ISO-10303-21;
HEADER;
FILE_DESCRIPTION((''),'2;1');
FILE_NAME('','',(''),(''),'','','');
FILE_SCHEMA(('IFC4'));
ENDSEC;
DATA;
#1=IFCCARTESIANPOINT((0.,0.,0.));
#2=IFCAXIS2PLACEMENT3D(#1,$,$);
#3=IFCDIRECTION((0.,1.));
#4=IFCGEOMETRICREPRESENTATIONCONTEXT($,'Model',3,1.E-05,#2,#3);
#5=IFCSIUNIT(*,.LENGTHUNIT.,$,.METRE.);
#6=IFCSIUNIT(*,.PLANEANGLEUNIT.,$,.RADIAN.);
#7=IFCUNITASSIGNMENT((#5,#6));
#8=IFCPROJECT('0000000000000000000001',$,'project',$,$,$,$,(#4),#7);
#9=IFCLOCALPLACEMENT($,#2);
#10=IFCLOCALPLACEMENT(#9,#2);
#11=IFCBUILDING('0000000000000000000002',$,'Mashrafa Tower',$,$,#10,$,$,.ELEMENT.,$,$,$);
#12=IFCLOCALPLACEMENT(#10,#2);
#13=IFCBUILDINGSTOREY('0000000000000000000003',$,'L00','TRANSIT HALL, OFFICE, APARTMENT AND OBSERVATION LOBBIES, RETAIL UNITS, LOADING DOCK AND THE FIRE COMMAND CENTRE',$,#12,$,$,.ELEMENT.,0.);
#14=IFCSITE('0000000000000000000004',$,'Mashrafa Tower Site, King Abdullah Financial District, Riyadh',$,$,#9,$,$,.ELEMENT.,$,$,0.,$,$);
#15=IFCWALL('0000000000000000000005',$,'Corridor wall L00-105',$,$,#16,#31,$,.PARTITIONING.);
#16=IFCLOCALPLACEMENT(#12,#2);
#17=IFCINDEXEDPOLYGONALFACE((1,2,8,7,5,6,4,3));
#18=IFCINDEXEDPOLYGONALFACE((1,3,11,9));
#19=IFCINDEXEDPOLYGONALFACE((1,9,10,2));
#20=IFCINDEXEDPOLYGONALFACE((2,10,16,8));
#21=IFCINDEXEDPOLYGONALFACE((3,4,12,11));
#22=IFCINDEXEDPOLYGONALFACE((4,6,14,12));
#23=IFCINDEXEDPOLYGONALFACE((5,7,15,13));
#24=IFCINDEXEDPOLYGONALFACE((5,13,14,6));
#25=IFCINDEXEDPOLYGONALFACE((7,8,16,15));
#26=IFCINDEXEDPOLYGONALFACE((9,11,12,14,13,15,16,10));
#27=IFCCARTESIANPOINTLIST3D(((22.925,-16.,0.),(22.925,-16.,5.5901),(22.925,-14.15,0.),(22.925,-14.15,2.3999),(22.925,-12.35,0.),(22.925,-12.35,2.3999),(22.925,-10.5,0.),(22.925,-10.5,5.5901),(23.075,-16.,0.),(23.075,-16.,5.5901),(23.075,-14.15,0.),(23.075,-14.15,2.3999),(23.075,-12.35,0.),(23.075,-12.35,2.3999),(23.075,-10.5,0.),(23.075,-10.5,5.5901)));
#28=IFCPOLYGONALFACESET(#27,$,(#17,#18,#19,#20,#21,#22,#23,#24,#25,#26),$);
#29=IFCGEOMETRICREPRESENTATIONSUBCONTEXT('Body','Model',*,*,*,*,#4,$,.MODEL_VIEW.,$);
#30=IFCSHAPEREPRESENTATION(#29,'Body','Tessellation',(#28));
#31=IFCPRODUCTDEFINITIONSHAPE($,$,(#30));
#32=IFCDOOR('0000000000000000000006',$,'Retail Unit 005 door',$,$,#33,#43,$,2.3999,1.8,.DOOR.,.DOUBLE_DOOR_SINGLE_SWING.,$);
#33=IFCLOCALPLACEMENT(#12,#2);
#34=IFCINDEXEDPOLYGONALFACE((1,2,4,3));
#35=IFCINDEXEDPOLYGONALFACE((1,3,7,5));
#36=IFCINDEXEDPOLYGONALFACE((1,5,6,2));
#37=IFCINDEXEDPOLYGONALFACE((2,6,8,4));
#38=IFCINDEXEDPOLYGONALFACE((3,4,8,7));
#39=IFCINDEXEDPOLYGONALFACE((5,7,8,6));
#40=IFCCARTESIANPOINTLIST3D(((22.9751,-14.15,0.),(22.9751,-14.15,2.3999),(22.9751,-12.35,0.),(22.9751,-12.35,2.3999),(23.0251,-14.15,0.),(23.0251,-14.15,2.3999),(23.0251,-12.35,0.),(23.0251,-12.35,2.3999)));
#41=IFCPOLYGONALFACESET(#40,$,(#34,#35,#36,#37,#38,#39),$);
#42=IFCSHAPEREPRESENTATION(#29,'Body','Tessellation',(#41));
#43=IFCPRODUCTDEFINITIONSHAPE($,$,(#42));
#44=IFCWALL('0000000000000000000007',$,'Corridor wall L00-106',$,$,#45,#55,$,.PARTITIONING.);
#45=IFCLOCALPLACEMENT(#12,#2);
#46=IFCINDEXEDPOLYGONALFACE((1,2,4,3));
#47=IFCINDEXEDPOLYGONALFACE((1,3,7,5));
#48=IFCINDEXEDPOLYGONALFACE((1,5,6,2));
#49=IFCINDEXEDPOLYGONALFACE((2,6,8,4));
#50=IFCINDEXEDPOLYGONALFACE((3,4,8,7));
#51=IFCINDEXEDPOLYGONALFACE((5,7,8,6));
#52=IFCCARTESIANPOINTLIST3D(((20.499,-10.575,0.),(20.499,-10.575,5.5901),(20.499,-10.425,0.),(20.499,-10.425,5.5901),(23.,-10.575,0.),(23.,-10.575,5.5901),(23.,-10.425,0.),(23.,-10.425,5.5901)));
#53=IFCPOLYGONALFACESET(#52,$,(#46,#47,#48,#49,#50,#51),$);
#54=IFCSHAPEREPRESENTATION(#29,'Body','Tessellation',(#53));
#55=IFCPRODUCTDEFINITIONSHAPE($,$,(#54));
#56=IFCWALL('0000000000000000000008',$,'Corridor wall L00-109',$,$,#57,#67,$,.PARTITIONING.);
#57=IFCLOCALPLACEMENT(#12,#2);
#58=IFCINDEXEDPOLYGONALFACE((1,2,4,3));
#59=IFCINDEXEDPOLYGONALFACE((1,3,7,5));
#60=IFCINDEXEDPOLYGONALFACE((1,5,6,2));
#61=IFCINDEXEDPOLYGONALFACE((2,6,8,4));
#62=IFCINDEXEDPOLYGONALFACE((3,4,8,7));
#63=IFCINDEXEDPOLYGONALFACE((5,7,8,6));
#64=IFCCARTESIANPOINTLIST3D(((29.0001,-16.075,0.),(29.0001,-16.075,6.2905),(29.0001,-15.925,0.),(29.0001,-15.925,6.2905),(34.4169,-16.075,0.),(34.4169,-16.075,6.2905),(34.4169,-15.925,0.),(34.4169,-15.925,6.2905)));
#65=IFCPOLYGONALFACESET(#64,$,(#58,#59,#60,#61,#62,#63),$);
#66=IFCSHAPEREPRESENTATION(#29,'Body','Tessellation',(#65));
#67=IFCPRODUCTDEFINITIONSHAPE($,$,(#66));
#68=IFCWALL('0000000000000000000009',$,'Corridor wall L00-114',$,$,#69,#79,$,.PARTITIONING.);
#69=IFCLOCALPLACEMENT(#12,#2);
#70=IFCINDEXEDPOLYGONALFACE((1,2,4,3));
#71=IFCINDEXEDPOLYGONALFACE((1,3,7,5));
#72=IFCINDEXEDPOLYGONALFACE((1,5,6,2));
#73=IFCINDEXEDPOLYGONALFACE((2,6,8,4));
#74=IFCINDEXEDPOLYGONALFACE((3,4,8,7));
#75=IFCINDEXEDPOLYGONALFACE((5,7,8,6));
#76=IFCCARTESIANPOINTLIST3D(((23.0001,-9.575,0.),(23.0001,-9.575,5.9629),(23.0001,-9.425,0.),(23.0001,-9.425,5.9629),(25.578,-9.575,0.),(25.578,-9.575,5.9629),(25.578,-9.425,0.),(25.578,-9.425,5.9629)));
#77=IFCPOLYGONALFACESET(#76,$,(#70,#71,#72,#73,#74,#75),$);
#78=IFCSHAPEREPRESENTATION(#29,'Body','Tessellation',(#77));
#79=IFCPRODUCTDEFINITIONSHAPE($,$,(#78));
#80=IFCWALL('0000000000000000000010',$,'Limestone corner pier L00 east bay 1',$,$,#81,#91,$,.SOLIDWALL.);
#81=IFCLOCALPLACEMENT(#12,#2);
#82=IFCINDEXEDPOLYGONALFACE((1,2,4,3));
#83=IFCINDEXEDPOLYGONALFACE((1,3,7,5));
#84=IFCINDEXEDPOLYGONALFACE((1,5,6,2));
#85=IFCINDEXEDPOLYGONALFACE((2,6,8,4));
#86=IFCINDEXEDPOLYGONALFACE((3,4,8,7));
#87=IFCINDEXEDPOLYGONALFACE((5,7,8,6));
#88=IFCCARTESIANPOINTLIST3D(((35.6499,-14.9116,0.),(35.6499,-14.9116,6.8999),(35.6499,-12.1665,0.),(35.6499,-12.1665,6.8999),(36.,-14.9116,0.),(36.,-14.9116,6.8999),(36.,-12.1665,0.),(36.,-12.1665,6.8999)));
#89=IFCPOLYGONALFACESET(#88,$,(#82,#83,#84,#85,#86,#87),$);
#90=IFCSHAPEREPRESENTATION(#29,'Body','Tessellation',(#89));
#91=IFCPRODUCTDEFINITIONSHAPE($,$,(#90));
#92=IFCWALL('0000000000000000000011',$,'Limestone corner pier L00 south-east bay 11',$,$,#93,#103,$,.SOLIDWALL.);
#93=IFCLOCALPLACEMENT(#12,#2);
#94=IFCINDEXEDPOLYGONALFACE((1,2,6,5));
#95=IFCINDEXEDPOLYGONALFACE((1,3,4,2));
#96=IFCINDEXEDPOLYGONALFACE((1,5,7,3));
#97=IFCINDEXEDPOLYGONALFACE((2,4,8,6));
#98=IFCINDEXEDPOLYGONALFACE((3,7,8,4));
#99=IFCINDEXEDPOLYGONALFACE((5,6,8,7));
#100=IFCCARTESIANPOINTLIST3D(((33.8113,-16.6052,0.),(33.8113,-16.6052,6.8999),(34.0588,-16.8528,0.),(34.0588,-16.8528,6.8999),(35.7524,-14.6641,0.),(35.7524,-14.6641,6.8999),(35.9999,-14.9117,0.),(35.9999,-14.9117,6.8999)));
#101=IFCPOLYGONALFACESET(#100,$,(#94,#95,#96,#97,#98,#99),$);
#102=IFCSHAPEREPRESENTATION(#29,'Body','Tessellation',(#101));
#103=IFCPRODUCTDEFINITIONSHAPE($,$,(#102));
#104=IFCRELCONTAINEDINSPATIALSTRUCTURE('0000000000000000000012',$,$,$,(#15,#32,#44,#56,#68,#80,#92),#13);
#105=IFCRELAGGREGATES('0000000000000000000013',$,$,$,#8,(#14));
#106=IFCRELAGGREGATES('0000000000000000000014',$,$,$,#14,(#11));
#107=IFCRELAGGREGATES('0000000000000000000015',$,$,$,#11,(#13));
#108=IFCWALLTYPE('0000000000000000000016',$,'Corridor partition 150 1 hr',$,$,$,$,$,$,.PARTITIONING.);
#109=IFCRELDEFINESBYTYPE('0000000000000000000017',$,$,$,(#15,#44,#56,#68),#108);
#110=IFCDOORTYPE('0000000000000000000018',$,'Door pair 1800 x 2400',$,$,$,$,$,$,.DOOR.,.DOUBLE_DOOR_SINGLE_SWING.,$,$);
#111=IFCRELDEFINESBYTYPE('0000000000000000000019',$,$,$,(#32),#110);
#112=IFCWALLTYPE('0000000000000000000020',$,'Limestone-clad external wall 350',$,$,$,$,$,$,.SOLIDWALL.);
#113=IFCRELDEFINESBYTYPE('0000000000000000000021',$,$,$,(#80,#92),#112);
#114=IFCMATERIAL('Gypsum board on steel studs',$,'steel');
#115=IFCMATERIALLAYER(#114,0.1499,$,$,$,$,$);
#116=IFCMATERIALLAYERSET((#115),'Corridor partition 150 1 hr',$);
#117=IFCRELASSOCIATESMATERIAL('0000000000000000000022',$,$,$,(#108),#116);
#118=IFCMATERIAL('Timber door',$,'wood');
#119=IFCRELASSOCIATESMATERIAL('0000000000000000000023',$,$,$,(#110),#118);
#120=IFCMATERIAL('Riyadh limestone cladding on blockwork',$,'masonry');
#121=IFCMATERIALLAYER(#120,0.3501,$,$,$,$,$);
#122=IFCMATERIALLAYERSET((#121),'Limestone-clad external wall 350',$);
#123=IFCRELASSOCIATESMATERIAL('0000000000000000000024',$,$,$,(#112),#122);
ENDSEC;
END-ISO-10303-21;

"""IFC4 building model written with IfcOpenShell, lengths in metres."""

from ifc_helpers import new_model, si_unit, direction, frame, frame_2d, origin, place, context, subcontext, project, spatial, rectangle, extrude, material, layer, layer_set, type_object, element, fill, save


model = new_model("IFC4")

# Units and contexts
model_context = context("Model", 3, precision=1e-05, world=origin(), true_north=direction((0.0, 1.0)))
body_context = subcontext(model_context, "Body", "Model", "MODEL_VIEW")
ifc_project = project(units=[si_unit("LENGTHUNIT", "METRE"), si_unit("PLANEANGLEUNIT", "RADIAN")], contexts=[model_context])

# Site, building, storey
site_placement = place(None, origin())
site = spatial("IfcSite", under=ifc_project, at=site_placement, Name="Mashrafa Tower Site, King Abdullah Financial District, Riyadh", CompositionType="ELEMENT", RefElevation=0.0)
building_placement = place(site_placement, origin())
building = spatial("IfcBuilding", under=site, at=building_placement, Name="Mashrafa Tower", CompositionType="ELEMENT")
storey_placement = place(building_placement, origin())
storey = spatial("IfcBuildingStorey", under=building, at=storey_placement, Name="L00", Description="TRANSIT HALL, OFFICE, APARTMENT AND OBSERVATION LOBBIES, RETAIL UNITS, LOADING DOCK AND THE FIRE COMMAND CENTRE", CompositionType="ELEMENT", Elevation=0.0)

# Shared definitions
ifc_material_1 = material(Name="Gypsum board on steel studs", Category="steel")
ifc_layer_1 = layer(ifc_material_1, 0.1499)
ifc_layer_set_1 = layer_set([ifc_layer_1], Name="Corridor partition 150 1 hr")
wall_type_1 = type_object("IfcWallType", Name="Corridor partition 150 1 hr", PredefinedType="PARTITIONING", material=ifc_layer_set_1)

# Wall, opening, door
wall_1_placement = place(storey_placement, frame((23.0, -16.0, 0.0), z_axis=(0.0, 0.0, 1.0), x_axis=(0.0, 1.0, 0.0)))
wall_1 = element("IfcWall", 1, at=wall_1_placement, inside=storey, type_object=wall_type_1, Name="Corridor wall L00-105", PredefinedType="PARTITIONING", context=body_context, shape_type="SweptSolid", body=[
    extrude(rectangle(XDim=5.5, YDim=0.1499, at=frame_2d((2.75, 0.0))), origin(), (0.0, 0.0, 1.0), 5.5901),
])
opening_placement = place(wall_1_placement, frame((1.8501, 0.0, 0.0)))
opening = element("IfcOpeningElement", 2, at=opening_placement, cuts=wall_1, PredefinedType="OPENING", context=body_context, shape_type="SweptSolid", body=[
    extrude(rectangle(XDim=1.8, YDim=2.3999, at=frame_2d((0.8999, 1.2))), frame((0.0, 0.085, 0.0), z_axis=(0.0, -1.0, 0.0), x_axis=(1.0, 0.0, 0.0)), (0.0, 0.0, 1.0), 0.1699),
])
ifc_material_2 = material(Name="Timber door", Category="wood")
door_type = type_object("IfcDoorType", Name="Door pair 1800 x 2400", OperationType="DOUBLE_DOOR_SINGLE_SWING", PredefinedType="DOOR", material=ifc_material_2)
door_placement = place(opening_placement, origin())
door = element("IfcDoor", 3, at=door_placement, inside=storey, type_object=door_type, Name="Retail Unit 005 door", OperationType="DOUBLE_DOOR_SINGLE_SWING", OverallHeight=2.3999, OverallWidth=1.8, PredefinedType="DOOR", context=body_context, shape_type="SweptSolid", body=[
    extrude(rectangle(XDim=1.8, YDim=2.3999, at=frame_2d((0.8999, 1.2))), frame((0.0, 0.0249, 0.0), z_axis=(0.0, -1.0, 0.0), x_axis=(1.0, 0.0, 0.0)), (0.0, 0.0, 1.0), 0.05),
])
fill(opening, door)

# Walls
wall_2_placement = place(storey_placement, frame((23.0, -10.5, 0.0), z_axis=(0.0, 0.0, 1.0), x_axis=(-1.0, 0.0, 0.0)))
element("IfcWall", 4, at=wall_2_placement, inside=storey, type_object=wall_type_1, Name="Corridor wall L00-106", PredefinedType="PARTITIONING", context=body_context, shape_type="SweptSolid", body=[
    extrude(rectangle(XDim=2.501, YDim=0.1499, at=frame_2d((1.2505, 0.0))), origin(), (0.0, 0.0, 1.0), 5.5901),
])
wall_3_placement = place(storey_placement, frame((29.0, -16.0, 0.0), z_axis=(0.0, 0.0, 1.0), x_axis=(1.0, 0.0, 0.0)))
element("IfcWall", 5, at=wall_3_placement, inside=storey, type_object=wall_type_1, Name="Corridor wall L00-109", PredefinedType="PARTITIONING", context=body_context, shape_type="SweptSolid", body=[
    extrude(rectangle(XDim=5.4167, YDim=0.1499, at=frame_2d((2.7085, 0.0))), origin(), (0.0, 0.0, 1.0), 6.2905),
])
wall_4_placement = place(storey_placement, frame((23.0, -9.5, 0.0), z_axis=(0.0, 0.0, 1.0), x_axis=(1.0, 0.0, 0.0)))
element("IfcWall", 6, at=wall_4_placement, inside=storey, type_object=wall_type_1, Name="Corridor wall L00-114", PredefinedType="PARTITIONING", context=body_context, shape_type="SweptSolid", body=[
    extrude(rectangle(XDim=2.5779, YDim=0.1499, at=frame_2d((1.2891, 0.0))), origin(), (0.0, 0.0, 1.0), 5.9629),
])
ifc_material_3 = material(Name="Riyadh limestone cladding on blockwork", Category="masonry")
ifc_layer_2 = layer(ifc_material_3, 0.3501)
ifc_layer_set_2 = layer_set([ifc_layer_2], Name="Limestone-clad external wall 350")
wall_type_2 = type_object("IfcWallType", Name="Limestone-clad external wall 350", PredefinedType="SOLIDWALL", material=ifc_layer_set_2)
for number, where, z_axis, x_axis, name in (
    (7, (35.825, -14.9116, 0.0), (0.0, 0.0, 1.0), (0.0, 1.0, 0.0), "Limestone corner pier L00 east bay 1"),
    (8, (33.9351, -16.729, 0.0), (0.0, 0.0, 1.0), (0.707107, 0.707107, 0.0), "Limestone corner pier L00 south-east bay 11"),
):
    element("IfcWall", number, at=place(storey_placement, frame(where, z_axis=z_axis, x_axis=x_axis)), inside=storey, type_object=wall_type_2, Name=name, PredefinedType="SOLIDWALL", context=body_context, shape_type="SweptSolid", body=[
        extrude(rectangle(XDim=2.7451, YDim=0.3501, at=frame_2d((1.3726, 0.0))), origin(), (0.0, 0.0, 1.0), 6.8999),
    ])

save(model, "model.ifc")
